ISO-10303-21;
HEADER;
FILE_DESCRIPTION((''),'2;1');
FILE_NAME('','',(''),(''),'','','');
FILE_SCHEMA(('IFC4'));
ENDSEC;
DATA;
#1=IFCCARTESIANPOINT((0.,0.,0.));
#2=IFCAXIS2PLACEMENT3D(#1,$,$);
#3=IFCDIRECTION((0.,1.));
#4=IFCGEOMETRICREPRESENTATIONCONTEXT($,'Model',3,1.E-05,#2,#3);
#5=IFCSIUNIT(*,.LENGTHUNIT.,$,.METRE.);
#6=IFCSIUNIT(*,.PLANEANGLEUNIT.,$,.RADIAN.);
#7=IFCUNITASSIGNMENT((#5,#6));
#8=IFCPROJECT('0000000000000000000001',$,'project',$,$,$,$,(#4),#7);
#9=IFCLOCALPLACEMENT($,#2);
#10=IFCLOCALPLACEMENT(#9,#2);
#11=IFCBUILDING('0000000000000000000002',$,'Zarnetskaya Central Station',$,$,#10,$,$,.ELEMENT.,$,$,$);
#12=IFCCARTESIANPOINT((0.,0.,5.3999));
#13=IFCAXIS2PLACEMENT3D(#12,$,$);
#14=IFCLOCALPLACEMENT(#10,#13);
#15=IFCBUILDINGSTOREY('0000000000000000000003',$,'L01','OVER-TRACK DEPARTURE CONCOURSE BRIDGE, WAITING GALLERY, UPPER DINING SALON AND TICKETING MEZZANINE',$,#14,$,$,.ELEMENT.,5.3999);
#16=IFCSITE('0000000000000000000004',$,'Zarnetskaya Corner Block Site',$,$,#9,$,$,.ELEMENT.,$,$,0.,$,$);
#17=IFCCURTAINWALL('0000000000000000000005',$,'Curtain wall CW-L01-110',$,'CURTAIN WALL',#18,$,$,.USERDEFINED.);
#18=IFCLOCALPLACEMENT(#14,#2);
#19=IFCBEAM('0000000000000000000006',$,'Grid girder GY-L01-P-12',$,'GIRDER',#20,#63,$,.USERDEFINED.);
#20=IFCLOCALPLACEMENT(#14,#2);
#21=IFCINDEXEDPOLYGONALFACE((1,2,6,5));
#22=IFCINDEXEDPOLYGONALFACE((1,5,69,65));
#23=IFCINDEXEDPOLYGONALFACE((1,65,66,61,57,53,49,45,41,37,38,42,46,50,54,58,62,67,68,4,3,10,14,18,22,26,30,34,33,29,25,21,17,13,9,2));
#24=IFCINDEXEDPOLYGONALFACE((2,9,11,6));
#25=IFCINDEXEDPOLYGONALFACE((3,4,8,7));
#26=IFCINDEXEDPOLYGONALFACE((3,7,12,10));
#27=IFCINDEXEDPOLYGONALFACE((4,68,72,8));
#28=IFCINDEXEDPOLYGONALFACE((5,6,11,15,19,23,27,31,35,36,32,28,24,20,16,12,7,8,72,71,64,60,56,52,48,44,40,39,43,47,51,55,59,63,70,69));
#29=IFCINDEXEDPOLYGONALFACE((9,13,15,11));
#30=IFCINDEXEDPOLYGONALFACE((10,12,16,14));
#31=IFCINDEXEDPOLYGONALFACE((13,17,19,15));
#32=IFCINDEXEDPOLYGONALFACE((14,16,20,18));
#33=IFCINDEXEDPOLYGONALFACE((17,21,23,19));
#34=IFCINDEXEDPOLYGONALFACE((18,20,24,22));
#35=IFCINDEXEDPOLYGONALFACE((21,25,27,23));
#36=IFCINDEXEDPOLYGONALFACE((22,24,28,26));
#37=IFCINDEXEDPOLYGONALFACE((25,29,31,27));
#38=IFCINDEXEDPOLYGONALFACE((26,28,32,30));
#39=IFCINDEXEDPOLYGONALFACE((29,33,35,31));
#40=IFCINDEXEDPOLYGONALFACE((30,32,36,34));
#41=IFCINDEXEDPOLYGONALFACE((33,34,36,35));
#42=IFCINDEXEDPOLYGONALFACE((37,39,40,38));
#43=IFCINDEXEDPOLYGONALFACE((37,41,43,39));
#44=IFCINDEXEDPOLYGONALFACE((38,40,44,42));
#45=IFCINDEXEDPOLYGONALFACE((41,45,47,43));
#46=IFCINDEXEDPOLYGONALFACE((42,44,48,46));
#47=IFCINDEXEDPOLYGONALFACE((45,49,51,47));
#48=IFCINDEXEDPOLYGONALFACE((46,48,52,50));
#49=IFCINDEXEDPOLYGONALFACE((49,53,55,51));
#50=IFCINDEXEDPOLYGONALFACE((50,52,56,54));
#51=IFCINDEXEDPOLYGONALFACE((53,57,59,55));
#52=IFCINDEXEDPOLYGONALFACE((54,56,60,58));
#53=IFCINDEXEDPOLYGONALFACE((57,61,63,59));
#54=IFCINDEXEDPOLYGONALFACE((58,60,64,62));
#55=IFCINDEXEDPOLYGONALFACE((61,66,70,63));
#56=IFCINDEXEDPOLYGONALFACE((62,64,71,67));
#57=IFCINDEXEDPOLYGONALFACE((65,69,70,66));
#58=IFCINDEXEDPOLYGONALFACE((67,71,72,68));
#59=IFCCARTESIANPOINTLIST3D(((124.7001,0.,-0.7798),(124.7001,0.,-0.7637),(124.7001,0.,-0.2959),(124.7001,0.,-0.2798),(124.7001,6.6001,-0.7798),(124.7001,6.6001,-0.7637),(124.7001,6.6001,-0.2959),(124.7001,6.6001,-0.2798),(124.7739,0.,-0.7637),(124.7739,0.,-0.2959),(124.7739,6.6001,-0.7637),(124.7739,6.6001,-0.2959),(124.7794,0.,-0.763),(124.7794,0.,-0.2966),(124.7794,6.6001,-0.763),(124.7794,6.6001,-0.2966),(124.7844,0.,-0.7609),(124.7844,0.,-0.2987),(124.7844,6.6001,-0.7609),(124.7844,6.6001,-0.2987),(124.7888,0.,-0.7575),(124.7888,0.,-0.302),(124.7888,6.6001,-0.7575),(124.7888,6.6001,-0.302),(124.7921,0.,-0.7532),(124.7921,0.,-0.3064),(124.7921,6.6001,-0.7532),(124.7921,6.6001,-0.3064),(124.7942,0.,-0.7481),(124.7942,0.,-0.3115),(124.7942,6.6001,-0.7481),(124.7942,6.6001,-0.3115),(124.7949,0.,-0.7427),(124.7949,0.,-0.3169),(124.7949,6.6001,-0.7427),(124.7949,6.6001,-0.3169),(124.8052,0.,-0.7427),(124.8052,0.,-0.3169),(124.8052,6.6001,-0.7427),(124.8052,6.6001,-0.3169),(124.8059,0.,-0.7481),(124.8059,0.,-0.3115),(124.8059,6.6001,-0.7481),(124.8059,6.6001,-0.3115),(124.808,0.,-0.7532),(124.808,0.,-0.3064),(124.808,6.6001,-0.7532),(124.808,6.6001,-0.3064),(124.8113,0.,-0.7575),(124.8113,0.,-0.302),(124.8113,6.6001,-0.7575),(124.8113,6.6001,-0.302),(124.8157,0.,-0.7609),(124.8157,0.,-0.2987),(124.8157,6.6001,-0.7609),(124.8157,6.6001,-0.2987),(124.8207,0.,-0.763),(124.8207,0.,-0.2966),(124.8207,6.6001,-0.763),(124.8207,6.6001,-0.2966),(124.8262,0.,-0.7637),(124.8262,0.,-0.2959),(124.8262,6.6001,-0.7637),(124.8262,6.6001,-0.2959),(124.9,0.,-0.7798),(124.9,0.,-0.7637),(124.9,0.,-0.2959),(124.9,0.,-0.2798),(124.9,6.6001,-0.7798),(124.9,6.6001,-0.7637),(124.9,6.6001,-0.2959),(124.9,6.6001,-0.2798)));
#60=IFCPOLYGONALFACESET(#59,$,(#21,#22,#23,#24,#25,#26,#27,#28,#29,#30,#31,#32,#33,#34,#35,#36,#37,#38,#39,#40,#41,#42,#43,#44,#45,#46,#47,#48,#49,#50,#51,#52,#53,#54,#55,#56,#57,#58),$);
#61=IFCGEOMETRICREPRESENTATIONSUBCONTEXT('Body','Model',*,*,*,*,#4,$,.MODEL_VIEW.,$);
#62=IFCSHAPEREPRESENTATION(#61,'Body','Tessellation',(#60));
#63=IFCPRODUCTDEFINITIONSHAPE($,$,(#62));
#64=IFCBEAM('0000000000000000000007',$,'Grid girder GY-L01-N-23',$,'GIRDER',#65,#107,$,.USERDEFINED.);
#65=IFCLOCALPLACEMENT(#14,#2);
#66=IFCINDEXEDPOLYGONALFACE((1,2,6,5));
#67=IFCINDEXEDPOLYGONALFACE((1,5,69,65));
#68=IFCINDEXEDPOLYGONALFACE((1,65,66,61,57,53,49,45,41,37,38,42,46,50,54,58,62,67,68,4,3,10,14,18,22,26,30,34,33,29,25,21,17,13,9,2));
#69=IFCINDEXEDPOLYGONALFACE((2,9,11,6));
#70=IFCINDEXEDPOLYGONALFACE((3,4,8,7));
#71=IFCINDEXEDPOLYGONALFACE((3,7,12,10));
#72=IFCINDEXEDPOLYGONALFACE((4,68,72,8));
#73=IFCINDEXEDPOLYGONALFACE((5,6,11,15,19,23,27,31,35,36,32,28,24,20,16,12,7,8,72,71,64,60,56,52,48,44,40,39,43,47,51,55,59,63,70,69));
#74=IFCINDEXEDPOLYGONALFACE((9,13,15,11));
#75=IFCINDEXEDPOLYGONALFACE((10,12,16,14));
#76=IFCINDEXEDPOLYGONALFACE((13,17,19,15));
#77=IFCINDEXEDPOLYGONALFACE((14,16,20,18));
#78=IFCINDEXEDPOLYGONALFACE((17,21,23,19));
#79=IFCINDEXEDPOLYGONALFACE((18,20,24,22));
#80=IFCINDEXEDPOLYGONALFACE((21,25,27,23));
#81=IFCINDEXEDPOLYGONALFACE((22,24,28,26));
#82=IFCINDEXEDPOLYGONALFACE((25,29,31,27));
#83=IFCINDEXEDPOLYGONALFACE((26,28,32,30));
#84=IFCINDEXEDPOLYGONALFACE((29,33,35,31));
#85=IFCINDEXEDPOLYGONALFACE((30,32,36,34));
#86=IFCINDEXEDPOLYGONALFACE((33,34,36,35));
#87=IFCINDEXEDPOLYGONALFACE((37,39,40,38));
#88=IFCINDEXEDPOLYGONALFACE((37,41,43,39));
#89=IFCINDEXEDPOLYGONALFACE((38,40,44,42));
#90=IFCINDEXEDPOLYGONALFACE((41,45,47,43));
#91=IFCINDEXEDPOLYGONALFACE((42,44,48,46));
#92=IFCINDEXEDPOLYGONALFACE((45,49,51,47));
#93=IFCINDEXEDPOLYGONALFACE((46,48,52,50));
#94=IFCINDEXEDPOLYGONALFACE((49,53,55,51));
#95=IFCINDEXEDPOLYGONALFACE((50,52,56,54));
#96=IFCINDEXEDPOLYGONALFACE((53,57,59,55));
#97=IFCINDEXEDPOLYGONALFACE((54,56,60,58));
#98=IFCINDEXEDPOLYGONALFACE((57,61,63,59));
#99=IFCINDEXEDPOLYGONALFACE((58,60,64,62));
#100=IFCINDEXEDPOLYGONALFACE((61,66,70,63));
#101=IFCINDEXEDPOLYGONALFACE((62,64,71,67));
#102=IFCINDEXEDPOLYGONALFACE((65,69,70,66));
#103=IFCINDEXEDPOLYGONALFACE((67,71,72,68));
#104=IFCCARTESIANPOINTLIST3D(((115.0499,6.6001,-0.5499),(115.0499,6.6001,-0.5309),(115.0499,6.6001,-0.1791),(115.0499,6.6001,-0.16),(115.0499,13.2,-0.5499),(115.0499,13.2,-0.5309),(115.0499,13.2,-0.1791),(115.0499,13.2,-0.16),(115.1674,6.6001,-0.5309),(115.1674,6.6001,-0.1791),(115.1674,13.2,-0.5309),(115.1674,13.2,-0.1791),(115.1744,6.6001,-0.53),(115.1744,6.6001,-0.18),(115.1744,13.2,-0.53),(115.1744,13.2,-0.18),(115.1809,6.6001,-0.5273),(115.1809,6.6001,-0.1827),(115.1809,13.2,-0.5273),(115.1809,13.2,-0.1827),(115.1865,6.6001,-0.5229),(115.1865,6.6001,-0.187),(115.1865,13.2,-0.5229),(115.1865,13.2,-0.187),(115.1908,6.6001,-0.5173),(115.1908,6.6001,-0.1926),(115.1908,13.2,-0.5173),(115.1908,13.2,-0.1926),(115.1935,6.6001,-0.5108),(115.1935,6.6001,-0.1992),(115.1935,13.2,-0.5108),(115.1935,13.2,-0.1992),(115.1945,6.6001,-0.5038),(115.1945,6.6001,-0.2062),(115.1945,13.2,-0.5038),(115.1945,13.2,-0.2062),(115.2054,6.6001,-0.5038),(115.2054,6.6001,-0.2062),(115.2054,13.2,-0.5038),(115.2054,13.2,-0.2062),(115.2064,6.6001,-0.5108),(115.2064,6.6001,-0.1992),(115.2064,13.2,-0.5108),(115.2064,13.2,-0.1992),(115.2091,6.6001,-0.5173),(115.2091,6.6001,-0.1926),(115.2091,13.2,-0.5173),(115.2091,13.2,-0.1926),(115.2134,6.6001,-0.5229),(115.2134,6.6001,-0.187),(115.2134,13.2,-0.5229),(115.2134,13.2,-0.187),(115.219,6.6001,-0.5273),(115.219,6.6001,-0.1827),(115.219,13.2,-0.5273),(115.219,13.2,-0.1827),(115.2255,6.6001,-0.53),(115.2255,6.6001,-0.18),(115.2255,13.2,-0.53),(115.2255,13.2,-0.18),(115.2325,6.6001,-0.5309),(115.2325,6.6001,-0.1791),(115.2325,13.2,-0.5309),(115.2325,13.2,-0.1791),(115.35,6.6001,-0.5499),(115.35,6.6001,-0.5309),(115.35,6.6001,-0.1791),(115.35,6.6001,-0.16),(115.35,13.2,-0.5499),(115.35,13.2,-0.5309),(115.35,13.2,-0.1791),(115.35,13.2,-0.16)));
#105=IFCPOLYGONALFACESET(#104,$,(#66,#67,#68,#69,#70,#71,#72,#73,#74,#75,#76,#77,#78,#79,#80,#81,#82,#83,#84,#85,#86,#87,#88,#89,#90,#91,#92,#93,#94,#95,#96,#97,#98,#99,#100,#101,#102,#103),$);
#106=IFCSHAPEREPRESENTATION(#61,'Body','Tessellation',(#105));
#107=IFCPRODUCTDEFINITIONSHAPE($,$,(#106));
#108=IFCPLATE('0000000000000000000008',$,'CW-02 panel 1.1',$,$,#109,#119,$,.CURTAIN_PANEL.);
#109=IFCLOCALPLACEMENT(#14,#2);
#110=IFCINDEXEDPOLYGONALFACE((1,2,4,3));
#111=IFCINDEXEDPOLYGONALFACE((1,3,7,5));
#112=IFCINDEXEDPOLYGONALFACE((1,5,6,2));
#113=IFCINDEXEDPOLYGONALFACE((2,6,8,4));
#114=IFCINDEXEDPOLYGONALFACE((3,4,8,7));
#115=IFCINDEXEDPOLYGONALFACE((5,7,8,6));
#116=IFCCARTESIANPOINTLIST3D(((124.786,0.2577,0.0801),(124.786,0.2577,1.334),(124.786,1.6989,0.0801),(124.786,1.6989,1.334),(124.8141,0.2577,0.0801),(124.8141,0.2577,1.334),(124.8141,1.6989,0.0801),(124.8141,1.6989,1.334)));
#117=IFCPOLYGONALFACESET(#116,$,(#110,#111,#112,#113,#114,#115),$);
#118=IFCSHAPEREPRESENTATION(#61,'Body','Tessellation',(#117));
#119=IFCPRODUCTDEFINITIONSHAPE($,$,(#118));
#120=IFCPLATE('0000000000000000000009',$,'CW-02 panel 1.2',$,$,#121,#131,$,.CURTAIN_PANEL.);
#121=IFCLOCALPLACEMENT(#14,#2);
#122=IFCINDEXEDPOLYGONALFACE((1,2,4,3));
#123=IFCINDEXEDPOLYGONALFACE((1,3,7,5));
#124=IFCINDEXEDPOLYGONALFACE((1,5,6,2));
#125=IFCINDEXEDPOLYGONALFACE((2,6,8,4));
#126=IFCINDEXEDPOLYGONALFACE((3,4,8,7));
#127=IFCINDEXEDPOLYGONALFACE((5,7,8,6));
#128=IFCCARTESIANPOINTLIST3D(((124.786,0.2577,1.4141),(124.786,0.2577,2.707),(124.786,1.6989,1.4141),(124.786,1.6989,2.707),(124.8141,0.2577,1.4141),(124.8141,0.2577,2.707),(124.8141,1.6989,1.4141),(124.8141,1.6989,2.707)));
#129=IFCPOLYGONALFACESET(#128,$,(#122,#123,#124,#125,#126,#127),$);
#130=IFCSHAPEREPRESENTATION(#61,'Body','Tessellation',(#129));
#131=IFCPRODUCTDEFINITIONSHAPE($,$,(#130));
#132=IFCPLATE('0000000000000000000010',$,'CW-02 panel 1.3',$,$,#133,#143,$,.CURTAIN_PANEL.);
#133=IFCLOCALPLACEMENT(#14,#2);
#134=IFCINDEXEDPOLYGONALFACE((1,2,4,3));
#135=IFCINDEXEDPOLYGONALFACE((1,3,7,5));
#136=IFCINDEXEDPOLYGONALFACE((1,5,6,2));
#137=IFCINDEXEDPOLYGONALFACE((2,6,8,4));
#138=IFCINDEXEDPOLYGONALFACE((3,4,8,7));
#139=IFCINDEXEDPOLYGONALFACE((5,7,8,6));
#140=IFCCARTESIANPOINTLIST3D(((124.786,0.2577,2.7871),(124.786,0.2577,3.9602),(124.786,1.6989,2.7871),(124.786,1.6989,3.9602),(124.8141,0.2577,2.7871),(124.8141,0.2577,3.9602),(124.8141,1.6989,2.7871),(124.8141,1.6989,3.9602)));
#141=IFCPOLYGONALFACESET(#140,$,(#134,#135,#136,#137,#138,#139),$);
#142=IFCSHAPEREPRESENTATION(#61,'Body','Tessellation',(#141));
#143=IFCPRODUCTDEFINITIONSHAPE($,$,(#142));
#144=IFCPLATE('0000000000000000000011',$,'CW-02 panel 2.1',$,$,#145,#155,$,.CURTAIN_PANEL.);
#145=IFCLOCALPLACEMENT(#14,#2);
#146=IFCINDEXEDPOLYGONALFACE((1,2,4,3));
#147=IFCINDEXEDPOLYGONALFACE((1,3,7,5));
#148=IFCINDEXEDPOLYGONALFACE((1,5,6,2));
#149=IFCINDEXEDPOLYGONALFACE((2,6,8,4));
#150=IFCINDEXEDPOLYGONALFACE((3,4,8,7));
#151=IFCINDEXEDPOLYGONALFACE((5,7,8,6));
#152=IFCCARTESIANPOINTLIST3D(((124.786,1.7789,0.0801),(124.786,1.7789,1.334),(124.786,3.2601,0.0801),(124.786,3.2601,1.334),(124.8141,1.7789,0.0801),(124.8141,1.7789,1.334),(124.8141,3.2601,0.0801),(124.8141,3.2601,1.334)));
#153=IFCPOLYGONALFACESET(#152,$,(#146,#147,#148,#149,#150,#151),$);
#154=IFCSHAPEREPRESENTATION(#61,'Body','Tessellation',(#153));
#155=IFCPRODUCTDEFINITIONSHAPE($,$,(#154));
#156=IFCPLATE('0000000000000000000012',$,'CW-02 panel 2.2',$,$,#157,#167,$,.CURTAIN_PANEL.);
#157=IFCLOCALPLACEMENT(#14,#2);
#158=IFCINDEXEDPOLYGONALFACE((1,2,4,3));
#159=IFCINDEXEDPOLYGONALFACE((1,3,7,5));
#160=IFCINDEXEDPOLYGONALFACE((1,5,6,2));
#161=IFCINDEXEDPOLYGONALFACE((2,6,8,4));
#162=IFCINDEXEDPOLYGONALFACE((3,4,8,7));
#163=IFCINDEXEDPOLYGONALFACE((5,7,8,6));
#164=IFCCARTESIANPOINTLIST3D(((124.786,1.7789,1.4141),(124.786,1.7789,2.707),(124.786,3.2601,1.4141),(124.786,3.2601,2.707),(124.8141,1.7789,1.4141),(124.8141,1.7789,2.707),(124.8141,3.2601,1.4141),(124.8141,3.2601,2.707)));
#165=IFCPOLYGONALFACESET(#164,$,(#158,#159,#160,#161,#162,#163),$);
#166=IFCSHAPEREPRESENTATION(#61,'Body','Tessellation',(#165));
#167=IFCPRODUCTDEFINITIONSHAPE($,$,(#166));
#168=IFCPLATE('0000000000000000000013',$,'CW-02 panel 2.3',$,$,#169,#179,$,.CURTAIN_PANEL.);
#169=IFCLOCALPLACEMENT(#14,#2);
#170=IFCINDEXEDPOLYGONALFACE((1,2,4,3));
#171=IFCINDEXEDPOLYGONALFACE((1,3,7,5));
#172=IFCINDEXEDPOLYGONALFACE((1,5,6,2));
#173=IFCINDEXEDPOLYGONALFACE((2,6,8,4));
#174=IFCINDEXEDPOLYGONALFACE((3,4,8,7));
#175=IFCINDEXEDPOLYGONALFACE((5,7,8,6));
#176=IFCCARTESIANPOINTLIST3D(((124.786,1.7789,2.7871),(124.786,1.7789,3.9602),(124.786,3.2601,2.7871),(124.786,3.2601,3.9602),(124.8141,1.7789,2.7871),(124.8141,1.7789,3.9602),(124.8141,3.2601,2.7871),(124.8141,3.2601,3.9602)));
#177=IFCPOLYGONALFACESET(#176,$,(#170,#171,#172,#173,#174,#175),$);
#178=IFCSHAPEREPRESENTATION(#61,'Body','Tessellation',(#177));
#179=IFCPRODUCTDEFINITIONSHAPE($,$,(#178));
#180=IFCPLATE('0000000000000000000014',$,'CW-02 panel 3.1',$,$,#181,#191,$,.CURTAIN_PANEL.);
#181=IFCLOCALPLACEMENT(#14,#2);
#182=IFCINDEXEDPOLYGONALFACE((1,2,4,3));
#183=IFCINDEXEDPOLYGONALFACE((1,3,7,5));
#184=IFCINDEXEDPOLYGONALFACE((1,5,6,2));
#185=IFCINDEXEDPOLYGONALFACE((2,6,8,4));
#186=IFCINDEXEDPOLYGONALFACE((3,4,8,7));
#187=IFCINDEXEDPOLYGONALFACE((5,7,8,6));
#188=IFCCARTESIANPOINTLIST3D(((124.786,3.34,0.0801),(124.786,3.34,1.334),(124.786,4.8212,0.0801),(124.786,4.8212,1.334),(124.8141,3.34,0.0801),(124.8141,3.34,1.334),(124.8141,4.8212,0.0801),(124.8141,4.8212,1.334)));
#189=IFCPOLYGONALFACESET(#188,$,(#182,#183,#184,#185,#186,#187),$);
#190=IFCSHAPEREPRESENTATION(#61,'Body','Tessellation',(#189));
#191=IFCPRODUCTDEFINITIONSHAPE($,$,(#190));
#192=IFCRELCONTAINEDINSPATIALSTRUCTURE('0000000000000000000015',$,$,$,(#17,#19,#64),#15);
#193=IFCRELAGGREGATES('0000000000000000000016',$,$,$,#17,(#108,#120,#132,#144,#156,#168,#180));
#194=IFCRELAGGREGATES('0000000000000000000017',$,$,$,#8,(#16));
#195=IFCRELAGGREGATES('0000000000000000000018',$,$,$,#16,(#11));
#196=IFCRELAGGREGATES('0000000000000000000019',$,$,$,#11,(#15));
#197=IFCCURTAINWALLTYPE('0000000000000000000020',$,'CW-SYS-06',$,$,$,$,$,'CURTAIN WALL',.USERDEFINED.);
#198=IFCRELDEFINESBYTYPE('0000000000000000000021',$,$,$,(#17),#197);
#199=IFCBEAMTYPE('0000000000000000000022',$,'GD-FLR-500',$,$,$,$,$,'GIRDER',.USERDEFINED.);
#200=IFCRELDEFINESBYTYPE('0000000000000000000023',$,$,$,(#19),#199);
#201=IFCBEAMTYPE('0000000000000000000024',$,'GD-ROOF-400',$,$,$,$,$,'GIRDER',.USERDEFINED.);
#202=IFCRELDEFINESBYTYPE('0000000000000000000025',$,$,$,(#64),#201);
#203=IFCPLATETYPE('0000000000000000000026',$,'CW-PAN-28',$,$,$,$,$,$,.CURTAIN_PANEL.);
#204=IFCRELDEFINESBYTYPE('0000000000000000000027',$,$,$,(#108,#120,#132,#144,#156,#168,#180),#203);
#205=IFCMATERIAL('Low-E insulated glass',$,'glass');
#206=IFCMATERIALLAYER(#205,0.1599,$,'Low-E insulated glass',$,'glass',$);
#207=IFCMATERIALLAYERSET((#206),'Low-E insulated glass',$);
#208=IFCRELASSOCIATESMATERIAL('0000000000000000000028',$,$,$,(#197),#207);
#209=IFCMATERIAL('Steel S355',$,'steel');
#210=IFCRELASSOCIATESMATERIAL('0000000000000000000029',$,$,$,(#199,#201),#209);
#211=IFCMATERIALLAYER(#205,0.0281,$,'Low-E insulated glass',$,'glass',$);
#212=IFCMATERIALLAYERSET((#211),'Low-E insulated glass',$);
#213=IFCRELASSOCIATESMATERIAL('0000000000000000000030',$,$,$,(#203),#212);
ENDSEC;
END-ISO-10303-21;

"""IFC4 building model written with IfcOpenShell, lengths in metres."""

from ifc_helpers import new_model, si_unit, direction, frame, origin, origin_2d, place, context, subcontext, project, spatial, rectangle, i_section, extrude, material, layer, layer_set, material_profile, profile_set, type_object, element, aggregate, save


model = new_model("IFC4")

# Units and contexts
model_context = context("Model", 3, precision=1e-05, world=origin(), true_north=direction((0.0, 1.0)))
body_context = subcontext(model_context, "Body", "Model", "MODEL_VIEW")
ifc_project = project(units=[si_unit("LENGTHUNIT", "METRE"), si_unit("PLANEANGLEUNIT", "RADIAN")], contexts=[model_context])

# Site, building, storey
site_placement = place(None, origin())
site = spatial("IfcSite", under=ifc_project, at=site_placement, Name="Zarnetskaya Corner Block Site", CompositionType="ELEMENT", RefElevation=0.0)
building_placement = place(site_placement, origin())
building = spatial("IfcBuilding", under=site, at=building_placement, Name="Zarnetskaya Central Station", CompositionType="ELEMENT")
storey_placement = place(building_placement, frame((0.0, 0.0, 5.3999)))
storey = spatial("IfcBuildingStorey", under=building, at=storey_placement, Name="L01", Description="OVER-TRACK DEPARTURE CONCOURSE BRIDGE, WAITING GALLERY, UPPER DINING SALON AND TICKETING MEZZANINE", CompositionType="ELEMENT", Elevation=5.3999)

# Shared definitions
ifc_material_1 = material(Name="Steel S355", Category="steel")

# Curtain wall
ifc_material_2 = material(Name="Low-E insulated glass", Category="glass")
ifc_layer_1 = layer(ifc_material_2, 0.1599, Name="Low-E insulated glass", Category="glass")
ifc_layer_set_1 = layer_set([ifc_layer_1], Name="Low-E insulated glass")
curtain_wall_type = type_object("IfcCurtainWallType", Name="CW-SYS-06", ElementType="CURTAIN WALL", PredefinedType="USERDEFINED", material=ifc_layer_set_1)
curtain_wall_placement = place(storey_placement, origin())
curtain_wall = element("IfcCurtainWall", 1, at=curtain_wall_placement, inside=storey, type_object=curtain_wall_type, Name="Curtain wall CW-L01-110", ObjectType="CURTAIN WALL", PredefinedType="USERDEFINED")

# Beams
ifc_material_profile_1 = material_profile(ifc_material_1, i_section(OverallWidth=0.2, OverallDepth=0.5, WebThickness=0.0103, FlangeThickness=0.0161, FilletRadius=0.021, at=origin_2d()), Name="IPE 500")
ifc_profile_set_1 = profile_set([ifc_material_profile_1], Name="Steel S355")
beam_type_1 = type_object("IfcBeamType", Name="GD-FLR-500", ElementType="GIRDER", PredefinedType="USERDEFINED", material=ifc_profile_set_1)
beam_1_placement = place(storey_placement, frame((124.8, 0.0, -0.5298), z_axis=(0.0, 1.0, 0.0), x_axis=(-1.0, 0.0, 0.0)))
element("IfcBeam", 2, at=beam_1_placement, inside=storey, type_object=beam_type_1, Name="Grid girder GY-L01-P-12", ObjectType="GIRDER", PredefinedType="USERDEFINED", context=body_context, shape_type="SweptSolid", body=[
    extrude(i_section(OverallWidth=0.2, OverallDepth=0.5, WebThickness=0.0103, FlangeThickness=0.0161, FilletRadius=0.021, at=origin_2d()), origin(), (0.0, 0.0, 1.0), 6.6001),
])
ifc_material_profile_2 = material_profile(ifc_material_1, i_section(OverallWidth=0.3, OverallDepth=0.3899, WebThickness=0.011, FlangeThickness=0.019, FilletRadius=0.0271, at=origin_2d()), Name="HEA 400")
ifc_profile_set_2 = profile_set([ifc_material_profile_2], Name="Steel S355")
beam_type_2 = type_object("IfcBeamType", Name="GD-ROOF-400", ElementType="GIRDER", PredefinedType="USERDEFINED", material=ifc_profile_set_2)
beam_2_placement = place(storey_placement, frame((115.2, 6.6001, -0.355), z_axis=(0.0, 1.0, 0.0), x_axis=(-1.0, 0.0, 0.0)))
element("IfcBeam", 3, at=beam_2_placement, inside=storey, type_object=beam_type_2, Name="Grid girder GY-L01-N-23", ObjectType="GIRDER", PredefinedType="USERDEFINED", context=body_context, shape_type="SweptSolid", body=[
    extrude(i_section(OverallWidth=0.3, OverallDepth=0.3899, WebThickness=0.011, FlangeThickness=0.019, FilletRadius=0.0271, at=origin_2d()), origin(), (0.0, 0.0, 1.0), 6.5999),
])

# Plates
ifc_layer_2 = layer(ifc_material_2, 0.0281, Name="Low-E insulated glass", Category="glass")
ifc_layer_set_2 = layer_set([ifc_layer_2], Name="Low-E insulated glass")
plate_type = type_object("IfcPlateType", Name="CW-PAN-28", PredefinedType="CURTAIN_PANEL", material=ifc_layer_set_2)
plate_1_placement = place(storey_placement, frame((124.8, 0.9783, 0.0801), z_axis=(0.0, 0.0, 1.0), x_axis=(0.0, 1.0, 0.0)))
plate_1 = element("IfcPlate", 4, at=plate_1_placement, type_object=plate_type, Name="CW-02 panel 1.1", PredefinedType="CURTAIN_PANEL", context=body_context, shape_type="SweptSolid", body=[
    extrude(rectangle(XDim=1.4412, YDim=0.0281, at=origin_2d()), origin(), (0.0, 0.0, 1.0), 1.2539),
])
plate_2_placement = place(storey_placement, frame((124.8, 0.9783, 1.4141), z_axis=(0.0, 0.0, 1.0), x_axis=(0.0, 1.0, 0.0)))
plate_2 = element("IfcPlate", 5, at=plate_2_placement, type_object=plate_type, Name="CW-02 panel 1.2", PredefinedType="CURTAIN_PANEL", context=body_context, shape_type="SweptSolid", body=[
    extrude(rectangle(XDim=1.4412, YDim=0.0281, at=origin_2d()), origin(), (0.0, 0.0, 1.0), 1.293),
])
plate_3_placement = place(storey_placement, frame((124.8, 0.9783, 2.7871), z_axis=(0.0, 0.0, 1.0), x_axis=(0.0, 1.0, 0.0)))
plate_3 = element("IfcPlate", 6, at=plate_3_placement, type_object=plate_type, Name="CW-02 panel 1.3", PredefinedType="CURTAIN_PANEL", context=body_context, shape_type="SweptSolid", body=[
    extrude(rectangle(XDim=1.4412, YDim=0.0281, at=origin_2d()), origin(), (0.0, 0.0, 1.0), 1.1731),
])
plate_4_placement = place(storey_placement, frame((124.8, 2.5195, 0.0801), z_axis=(0.0, 0.0, 1.0), x_axis=(0.0, 1.0, 0.0)))
plate_4 = element("IfcPlate", 7, at=plate_4_placement, type_object=plate_type, Name="CW-02 panel 2.1", PredefinedType="CURTAIN_PANEL", context=body_context, shape_type="SweptSolid", body=[
    extrude(rectangle(XDim=1.4812, YDim=0.0281, at=origin_2d()), origin(), (0.0, 0.0, 1.0), 1.2539),
])
plate_5_placement = place(storey_placement, frame((124.8, 2.5195, 1.4141), z_axis=(0.0, 0.0, 1.0), x_axis=(0.0, 1.0, 0.0)))
plate_5 = element("IfcPlate", 8, at=plate_5_placement, type_object=plate_type, Name="CW-02 panel 2.2", PredefinedType="CURTAIN_PANEL", context=body_context, shape_type="SweptSolid", body=[
    extrude(rectangle(XDim=1.4812, YDim=0.0281, at=origin_2d()), origin(), (0.0, 0.0, 1.0), 1.293),
])
plate_6_placement = place(storey_placement, frame((124.8, 2.5195, 2.7871), z_axis=(0.0, 0.0, 1.0), x_axis=(0.0, 1.0, 0.0)))
plate_6 = element("IfcPlate", 9, at=plate_6_placement, type_object=plate_type, Name="CW-02 panel 2.3", PredefinedType="CURTAIN_PANEL", context=body_context, shape_type="SweptSolid", body=[
    extrude(rectangle(XDim=1.4812, YDim=0.0281, at=origin_2d()), origin(), (0.0, 0.0, 1.0), 1.1731),
])
plate_7_placement = place(storey_placement, frame((124.8, 4.0806, 0.0801), z_axis=(0.0, 0.0, 1.0), x_axis=(0.0, 1.0, 0.0)))
plate_7 = element("IfcPlate", 10, at=plate_7_placement, type_object=plate_type, Name="CW-02 panel 3.1", PredefinedType="CURTAIN_PANEL", context=body_context, shape_type="SweptSolid", body=[
    extrude(rectangle(XDim=1.4812, YDim=0.0281, at=origin_2d()), origin(), (0.0, 0.0, 1.0), 1.2539),
])
aggregate(curtain_wall, [plate_1, plate_2, plate_3, plate_4, plate_5, plate_6, plate_7])

save(model, "model.ifc")
